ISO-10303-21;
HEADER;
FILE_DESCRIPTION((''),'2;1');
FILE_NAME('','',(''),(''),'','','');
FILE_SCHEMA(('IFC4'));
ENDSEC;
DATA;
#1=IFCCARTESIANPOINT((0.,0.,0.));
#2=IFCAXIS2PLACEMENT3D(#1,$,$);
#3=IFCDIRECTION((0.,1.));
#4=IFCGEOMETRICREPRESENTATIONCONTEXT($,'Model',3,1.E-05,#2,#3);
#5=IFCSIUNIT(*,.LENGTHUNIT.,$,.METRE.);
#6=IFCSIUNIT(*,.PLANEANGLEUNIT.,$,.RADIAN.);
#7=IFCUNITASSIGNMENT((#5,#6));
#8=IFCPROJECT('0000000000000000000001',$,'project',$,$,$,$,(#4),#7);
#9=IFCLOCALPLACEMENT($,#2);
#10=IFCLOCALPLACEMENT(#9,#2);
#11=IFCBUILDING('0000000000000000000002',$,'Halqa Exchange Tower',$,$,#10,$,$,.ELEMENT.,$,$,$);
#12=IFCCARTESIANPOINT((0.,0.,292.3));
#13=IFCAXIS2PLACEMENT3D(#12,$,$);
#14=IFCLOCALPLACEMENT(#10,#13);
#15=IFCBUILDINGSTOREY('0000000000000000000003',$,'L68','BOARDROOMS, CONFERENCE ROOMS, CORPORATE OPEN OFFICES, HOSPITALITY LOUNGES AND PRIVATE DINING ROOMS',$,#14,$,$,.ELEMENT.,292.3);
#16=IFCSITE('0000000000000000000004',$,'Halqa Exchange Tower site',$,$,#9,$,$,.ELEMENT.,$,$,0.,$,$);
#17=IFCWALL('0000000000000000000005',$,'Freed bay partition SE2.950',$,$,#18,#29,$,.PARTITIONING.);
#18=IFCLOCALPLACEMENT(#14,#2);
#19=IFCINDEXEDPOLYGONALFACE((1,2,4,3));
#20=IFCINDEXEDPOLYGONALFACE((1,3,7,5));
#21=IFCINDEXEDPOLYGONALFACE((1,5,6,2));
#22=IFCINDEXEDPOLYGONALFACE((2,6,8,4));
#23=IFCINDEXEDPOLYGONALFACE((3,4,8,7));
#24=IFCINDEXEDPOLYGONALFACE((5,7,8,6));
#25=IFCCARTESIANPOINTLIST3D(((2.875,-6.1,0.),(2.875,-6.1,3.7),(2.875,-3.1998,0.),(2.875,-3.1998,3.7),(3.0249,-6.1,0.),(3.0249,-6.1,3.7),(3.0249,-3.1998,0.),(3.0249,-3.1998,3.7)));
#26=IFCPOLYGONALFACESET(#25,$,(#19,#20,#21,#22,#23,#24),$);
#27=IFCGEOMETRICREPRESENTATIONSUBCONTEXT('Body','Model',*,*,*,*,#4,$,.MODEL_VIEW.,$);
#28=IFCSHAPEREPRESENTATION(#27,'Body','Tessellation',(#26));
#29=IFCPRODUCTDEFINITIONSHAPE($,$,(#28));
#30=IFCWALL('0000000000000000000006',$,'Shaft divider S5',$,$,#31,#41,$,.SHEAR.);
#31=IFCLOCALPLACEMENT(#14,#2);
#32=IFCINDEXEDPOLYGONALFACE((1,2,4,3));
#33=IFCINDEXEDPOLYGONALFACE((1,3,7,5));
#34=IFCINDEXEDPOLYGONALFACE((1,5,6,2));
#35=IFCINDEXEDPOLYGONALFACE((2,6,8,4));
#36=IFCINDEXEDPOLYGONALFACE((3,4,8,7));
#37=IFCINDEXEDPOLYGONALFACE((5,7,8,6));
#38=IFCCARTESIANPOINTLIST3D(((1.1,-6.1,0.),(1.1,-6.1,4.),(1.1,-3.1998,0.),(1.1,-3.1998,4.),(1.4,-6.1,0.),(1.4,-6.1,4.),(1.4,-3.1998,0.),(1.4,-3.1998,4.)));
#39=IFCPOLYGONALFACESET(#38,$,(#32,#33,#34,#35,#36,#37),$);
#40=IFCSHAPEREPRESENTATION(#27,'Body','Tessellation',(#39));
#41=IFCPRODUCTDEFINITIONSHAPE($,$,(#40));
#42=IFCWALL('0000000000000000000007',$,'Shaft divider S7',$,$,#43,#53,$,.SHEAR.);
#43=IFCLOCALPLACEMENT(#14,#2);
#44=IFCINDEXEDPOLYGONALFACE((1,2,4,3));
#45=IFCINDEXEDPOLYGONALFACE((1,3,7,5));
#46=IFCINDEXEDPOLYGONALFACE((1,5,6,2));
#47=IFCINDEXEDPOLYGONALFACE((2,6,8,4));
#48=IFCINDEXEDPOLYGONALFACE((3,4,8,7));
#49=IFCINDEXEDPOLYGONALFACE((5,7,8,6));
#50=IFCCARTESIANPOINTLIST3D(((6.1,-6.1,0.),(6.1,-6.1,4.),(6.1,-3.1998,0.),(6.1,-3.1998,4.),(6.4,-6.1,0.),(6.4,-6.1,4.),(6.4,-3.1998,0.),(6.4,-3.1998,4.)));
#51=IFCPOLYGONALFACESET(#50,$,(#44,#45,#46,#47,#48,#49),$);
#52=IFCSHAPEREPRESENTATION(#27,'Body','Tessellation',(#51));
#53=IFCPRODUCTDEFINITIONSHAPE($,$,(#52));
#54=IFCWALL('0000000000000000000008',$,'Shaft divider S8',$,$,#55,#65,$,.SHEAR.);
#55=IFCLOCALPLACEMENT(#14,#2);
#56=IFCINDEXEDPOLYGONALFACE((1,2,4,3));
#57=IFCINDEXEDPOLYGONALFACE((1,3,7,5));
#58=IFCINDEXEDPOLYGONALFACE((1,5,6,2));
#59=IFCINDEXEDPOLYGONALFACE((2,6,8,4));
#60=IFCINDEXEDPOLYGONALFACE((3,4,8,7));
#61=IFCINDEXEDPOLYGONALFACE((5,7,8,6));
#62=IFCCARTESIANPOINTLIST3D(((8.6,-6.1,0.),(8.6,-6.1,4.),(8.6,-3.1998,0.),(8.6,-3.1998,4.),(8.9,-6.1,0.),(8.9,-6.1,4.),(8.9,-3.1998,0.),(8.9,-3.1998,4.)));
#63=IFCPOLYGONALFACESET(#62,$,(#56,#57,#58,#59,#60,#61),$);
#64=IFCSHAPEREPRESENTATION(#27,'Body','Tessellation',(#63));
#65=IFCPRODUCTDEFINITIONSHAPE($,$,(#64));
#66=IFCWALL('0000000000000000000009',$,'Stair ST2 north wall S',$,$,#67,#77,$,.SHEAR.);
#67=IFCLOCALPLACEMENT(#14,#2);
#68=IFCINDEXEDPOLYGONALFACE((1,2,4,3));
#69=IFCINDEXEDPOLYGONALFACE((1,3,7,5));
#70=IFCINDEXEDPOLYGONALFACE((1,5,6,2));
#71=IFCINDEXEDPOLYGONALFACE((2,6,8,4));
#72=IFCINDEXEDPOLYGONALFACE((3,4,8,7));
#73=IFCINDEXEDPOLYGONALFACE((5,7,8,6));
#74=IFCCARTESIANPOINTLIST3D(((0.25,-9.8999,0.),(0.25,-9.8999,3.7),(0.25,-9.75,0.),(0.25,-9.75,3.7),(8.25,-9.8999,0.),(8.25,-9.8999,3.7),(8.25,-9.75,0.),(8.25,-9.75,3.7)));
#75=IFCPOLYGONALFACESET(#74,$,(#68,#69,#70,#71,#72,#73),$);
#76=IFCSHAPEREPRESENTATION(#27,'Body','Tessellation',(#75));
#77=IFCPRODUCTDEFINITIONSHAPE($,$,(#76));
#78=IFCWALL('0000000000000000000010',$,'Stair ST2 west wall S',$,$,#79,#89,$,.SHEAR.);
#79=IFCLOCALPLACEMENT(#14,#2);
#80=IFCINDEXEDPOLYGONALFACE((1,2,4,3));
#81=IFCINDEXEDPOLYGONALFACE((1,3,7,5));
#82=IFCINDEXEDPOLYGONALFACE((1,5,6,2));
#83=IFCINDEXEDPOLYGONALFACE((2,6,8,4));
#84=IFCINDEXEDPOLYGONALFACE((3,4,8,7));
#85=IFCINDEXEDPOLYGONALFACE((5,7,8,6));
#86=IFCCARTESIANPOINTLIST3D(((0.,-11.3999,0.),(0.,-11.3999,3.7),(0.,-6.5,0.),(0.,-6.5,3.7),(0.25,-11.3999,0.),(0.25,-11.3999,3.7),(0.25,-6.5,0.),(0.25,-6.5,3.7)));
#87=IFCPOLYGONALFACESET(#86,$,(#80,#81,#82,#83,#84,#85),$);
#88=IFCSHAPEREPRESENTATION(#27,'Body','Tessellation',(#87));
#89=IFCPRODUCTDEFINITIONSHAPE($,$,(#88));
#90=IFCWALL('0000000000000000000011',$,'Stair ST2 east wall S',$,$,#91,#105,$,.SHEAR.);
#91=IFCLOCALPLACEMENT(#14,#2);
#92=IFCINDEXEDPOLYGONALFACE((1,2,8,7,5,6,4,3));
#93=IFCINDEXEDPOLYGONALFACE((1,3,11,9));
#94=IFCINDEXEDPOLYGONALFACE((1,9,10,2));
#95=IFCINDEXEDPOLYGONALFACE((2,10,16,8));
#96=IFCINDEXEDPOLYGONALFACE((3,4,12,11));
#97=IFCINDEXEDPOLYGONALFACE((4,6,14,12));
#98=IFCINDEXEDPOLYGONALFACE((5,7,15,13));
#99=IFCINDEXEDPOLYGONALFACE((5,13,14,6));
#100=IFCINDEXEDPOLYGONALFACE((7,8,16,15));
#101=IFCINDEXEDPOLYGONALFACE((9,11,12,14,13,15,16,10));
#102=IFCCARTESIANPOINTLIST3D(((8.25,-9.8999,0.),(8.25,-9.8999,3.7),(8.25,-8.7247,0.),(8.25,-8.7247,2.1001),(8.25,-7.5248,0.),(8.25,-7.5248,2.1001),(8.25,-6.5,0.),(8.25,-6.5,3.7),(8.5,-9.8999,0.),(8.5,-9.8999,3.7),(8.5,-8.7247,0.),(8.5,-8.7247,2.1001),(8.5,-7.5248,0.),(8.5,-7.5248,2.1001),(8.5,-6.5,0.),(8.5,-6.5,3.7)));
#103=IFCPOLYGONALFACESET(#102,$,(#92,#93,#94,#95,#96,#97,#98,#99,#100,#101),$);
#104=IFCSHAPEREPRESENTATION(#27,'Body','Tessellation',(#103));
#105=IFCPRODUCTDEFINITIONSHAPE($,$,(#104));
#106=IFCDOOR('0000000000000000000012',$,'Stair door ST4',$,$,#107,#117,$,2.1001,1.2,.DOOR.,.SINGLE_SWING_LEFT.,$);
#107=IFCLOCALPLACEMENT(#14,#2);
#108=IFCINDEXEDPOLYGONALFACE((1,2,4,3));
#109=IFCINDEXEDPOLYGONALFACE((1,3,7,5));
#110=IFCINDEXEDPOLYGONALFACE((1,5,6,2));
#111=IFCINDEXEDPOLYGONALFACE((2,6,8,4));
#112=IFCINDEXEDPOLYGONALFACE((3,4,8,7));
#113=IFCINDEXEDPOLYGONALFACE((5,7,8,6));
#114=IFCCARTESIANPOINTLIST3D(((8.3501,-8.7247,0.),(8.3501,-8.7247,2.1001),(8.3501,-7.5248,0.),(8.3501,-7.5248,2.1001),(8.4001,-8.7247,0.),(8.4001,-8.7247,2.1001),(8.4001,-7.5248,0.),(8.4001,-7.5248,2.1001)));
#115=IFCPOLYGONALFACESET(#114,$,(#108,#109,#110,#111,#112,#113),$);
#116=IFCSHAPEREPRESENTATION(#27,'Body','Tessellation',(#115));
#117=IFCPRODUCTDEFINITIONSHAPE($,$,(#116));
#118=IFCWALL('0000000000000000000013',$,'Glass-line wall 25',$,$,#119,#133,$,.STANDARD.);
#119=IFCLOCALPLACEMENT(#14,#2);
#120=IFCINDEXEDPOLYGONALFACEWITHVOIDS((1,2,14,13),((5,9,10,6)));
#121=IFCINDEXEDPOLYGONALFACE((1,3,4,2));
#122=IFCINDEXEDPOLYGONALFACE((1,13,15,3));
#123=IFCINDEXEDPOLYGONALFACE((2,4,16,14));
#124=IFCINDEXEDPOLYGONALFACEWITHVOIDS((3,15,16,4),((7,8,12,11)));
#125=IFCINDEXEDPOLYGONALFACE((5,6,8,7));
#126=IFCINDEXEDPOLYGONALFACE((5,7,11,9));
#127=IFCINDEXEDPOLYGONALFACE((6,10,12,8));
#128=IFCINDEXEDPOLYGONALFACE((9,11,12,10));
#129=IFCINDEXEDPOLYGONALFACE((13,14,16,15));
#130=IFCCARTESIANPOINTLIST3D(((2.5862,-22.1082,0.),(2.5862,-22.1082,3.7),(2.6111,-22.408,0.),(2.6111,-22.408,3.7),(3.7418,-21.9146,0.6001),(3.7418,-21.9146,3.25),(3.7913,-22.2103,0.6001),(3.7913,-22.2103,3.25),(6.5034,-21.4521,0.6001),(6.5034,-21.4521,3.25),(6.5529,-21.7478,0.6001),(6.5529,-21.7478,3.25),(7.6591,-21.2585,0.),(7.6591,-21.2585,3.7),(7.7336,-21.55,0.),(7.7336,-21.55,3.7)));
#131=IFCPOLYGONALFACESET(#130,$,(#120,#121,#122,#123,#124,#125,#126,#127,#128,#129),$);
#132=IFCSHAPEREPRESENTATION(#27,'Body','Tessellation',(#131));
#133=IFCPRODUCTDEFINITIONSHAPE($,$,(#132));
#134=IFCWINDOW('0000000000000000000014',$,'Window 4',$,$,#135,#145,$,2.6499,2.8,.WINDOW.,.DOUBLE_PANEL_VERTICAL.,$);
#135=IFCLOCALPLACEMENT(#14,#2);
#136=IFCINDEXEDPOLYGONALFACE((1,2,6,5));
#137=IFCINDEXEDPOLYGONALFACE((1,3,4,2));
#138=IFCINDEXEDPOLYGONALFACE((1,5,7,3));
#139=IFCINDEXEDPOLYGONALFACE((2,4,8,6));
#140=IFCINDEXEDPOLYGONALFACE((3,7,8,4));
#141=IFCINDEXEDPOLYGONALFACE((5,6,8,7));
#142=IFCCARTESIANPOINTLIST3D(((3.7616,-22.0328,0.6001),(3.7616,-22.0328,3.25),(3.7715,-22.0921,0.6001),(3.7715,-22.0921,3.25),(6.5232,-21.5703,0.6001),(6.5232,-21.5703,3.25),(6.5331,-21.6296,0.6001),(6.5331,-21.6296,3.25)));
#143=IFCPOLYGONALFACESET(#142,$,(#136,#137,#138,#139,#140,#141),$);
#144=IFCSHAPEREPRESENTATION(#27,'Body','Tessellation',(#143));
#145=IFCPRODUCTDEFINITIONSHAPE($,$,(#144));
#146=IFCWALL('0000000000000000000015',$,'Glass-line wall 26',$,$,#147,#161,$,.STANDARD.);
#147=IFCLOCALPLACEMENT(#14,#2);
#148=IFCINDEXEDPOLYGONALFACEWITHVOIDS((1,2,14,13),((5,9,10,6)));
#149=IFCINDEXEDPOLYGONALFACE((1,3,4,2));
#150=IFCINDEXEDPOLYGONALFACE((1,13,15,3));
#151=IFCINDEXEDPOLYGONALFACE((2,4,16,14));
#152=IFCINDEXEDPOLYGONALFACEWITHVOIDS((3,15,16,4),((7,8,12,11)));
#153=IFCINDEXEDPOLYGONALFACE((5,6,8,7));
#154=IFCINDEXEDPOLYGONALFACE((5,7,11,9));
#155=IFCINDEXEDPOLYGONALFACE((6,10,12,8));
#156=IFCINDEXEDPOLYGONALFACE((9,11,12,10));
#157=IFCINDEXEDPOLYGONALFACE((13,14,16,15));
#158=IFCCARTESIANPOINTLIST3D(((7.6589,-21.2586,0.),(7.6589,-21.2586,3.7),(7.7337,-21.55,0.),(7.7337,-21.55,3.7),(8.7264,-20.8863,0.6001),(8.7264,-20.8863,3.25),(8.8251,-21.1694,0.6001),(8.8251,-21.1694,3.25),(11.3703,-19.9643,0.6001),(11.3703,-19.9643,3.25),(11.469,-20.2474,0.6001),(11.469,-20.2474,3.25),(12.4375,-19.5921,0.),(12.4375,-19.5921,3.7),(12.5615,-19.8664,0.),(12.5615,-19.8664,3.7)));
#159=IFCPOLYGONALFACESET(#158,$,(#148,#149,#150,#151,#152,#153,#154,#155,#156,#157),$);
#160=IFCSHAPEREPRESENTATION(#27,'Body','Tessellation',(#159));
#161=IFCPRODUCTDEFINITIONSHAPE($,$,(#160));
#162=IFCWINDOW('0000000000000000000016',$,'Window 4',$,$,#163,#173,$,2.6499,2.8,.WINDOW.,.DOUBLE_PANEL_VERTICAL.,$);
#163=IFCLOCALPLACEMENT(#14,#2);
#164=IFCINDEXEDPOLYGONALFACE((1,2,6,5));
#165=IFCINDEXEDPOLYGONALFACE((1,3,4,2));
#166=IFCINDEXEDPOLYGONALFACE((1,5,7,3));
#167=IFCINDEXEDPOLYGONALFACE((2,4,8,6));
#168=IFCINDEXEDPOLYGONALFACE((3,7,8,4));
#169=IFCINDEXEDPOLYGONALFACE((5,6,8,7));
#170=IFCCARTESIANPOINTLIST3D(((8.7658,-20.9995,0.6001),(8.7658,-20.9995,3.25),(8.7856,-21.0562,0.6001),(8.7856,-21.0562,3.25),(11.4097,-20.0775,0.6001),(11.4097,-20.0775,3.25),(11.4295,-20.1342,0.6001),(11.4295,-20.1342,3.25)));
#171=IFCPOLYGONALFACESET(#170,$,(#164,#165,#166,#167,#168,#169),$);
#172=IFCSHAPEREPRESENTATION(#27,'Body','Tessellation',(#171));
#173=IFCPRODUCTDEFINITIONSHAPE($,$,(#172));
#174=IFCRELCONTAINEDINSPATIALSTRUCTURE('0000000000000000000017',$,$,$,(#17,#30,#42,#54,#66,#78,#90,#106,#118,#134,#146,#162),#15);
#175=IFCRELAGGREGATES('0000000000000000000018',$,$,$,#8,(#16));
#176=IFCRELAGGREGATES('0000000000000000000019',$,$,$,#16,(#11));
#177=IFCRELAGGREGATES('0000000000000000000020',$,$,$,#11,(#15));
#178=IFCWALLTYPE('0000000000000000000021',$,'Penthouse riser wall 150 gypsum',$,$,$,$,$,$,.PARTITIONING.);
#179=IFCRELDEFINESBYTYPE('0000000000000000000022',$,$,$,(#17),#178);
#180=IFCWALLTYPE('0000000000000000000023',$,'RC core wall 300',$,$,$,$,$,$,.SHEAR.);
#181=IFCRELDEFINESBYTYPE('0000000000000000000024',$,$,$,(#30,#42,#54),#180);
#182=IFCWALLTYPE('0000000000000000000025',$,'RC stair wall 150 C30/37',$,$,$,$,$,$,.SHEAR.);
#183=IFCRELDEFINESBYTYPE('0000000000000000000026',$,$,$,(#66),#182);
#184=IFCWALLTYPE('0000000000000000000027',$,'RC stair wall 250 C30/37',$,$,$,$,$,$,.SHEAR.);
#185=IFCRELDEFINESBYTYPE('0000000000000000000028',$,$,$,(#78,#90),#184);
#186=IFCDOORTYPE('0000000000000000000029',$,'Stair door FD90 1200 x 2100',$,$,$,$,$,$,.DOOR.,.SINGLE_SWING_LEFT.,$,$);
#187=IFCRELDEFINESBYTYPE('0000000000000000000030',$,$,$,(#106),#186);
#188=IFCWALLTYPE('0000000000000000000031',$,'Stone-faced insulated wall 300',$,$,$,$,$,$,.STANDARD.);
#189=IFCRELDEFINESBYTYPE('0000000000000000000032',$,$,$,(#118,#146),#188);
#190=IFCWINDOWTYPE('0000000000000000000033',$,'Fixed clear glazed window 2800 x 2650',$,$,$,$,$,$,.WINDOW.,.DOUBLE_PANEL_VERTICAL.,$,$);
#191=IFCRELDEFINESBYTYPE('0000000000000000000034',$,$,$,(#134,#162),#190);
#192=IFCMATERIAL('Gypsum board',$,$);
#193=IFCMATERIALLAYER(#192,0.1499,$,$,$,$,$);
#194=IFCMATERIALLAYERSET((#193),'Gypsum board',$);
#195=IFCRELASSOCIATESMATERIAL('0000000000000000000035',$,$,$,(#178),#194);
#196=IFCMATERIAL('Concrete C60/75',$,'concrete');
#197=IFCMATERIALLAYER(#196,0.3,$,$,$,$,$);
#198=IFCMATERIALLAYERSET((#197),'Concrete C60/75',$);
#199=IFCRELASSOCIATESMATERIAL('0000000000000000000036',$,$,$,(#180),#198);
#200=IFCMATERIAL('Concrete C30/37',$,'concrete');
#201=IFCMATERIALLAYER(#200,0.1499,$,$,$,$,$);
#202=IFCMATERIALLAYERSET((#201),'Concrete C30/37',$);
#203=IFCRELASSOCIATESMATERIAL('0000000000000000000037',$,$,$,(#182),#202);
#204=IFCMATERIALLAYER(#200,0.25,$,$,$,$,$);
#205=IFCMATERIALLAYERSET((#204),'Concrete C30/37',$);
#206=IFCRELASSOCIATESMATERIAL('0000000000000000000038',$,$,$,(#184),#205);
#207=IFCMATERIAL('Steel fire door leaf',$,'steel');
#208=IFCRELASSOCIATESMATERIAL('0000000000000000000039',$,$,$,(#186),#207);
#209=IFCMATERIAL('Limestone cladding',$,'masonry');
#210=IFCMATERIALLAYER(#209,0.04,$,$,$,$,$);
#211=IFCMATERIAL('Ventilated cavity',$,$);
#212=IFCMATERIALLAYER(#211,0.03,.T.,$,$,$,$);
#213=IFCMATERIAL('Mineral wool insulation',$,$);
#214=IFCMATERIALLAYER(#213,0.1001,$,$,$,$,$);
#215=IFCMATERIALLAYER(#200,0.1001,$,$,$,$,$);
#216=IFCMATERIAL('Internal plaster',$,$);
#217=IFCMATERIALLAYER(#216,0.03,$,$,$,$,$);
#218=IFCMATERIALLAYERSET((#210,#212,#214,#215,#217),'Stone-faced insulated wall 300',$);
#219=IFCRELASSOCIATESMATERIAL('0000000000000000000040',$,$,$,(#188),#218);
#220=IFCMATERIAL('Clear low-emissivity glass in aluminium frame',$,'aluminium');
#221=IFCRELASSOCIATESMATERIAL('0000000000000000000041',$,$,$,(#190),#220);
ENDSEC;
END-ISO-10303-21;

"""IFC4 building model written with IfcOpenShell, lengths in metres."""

from ifc_helpers import new_model, si_unit, direction, frame, frame_2d, origin, place, context, subcontext, project, spatial, polyline, rectangle, outline, extrude, material, layer, layer_set, type_object, element, fill, save


model = new_model("IFC4")

# Units and contexts
model_context = context("Model", 3, precision=1e-05, world=origin(), true_north=direction((0.0, 1.0)))
body_context = subcontext(model_context, "Body", "Model", "MODEL_VIEW")
ifc_project = project(units=[si_unit("LENGTHUNIT", "METRE"), si_unit("PLANEANGLEUNIT", "RADIAN")], contexts=[model_context])

# Site, building, storey
site_placement = place(None, origin())
site = spatial("IfcSite", under=ifc_project, at=site_placement, Name="Halqa Exchange Tower site", CompositionType="ELEMENT", RefElevation=0.0)
building_placement = place(site_placement, origin())
building = spatial("IfcBuilding", under=site, at=building_placement, Name="Halqa Exchange Tower", CompositionType="ELEMENT")
storey_placement = place(building_placement, frame((0.0, 0.0, 292.3)))
storey = spatial("IfcBuildingStorey", under=building, at=storey_placement, Name="L68", Description="BOARDROOMS, CONFERENCE ROOMS, CORPORATE OPEN OFFICES, HOSPITALITY LOUNGES AND PRIVATE DINING ROOMS", CompositionType="ELEMENT", Elevation=292.3)

# Shared definitions
ifc_material_1 = material(Name="Concrete C60/75", Category="concrete")

# Walls
ifc_material_2 = material(Name="Gypsum board")
ifc_layer_1 = layer(ifc_material_2, 0.1499)
ifc_layer_set_1 = layer_set([ifc_layer_1], Name="Gypsum board")
wall_type_1 = type_object("IfcWallType", Name="Penthouse riser wall 150 gypsum", PredefinedType="PARTITIONING", material=ifc_layer_set_1)
wall_1_placement = place(storey_placement, frame((2.95, -6.1001, 0.0), z_axis=(0.0, 0.0, 1.0), x_axis=(0.0, 1.0, 0.0)))
element("IfcWall", 1, at=wall_1_placement, inside=storey, type_object=wall_type_1, Name="Freed bay partition SE2.950", PredefinedType="PARTITIONING", context=body_context, shape_type="SweptSolid", body=[
    extrude(rectangle(XDim=2.9001, YDim=0.1499, at=frame_2d((1.4502, 0.0))), origin(), (0.0, 0.0, 1.0), 3.7),
])
ifc_layer_2 = layer(ifc_material_1, 0.3)
ifc_layer_set_2 = layer_set([ifc_layer_2], Name="Concrete C60/75")
wall_type_2 = type_object("IfcWallType", Name="RC core wall 300", PredefinedType="SHEAR", material=ifc_layer_set_2)
for number, where, z_axis, x_axis, name in (
    (2, (1.25, -6.1001, 0.0), (0.0, 0.0, 1.0), (0.0, 1.0, 0.0), "Shaft divider S5"),
    (3, (6.25, -6.1001, 0.0), (0.0, 0.0, 1.0), (0.0, 1.0, 0.0), "Shaft divider S7"),
    (4, (8.75, -6.1001, 0.0), (0.0, 0.0, 1.0), (0.0, 1.0, 0.0), "Shaft divider S8"),
):
    element("IfcWall", number, at=place(storey_placement, frame(where, z_axis=z_axis, x_axis=x_axis)), inside=storey, type_object=wall_type_2, Name=name, PredefinedType="SHEAR", context=body_context, shape_type="SweptSolid", body=[
        extrude(rectangle(XDim=2.9001, YDim=0.3, at=frame_2d((1.4502, 0.0))), origin(), (0.0, 0.0, 1.0), 4.0),
    ])
ifc_material_3 = material(Name="Concrete C30/37", Category="concrete")
ifc_layer_3 = layer(ifc_material_3, 0.1499)
ifc_layer_set_3 = layer_set([ifc_layer_3], Name="Concrete C30/37")
wall_type_3 = type_object("IfcWallType", Name="RC stair wall 150 C30/37", PredefinedType="SHEAR", material=ifc_layer_set_3)
wall_2_placement = place(storey_placement, frame((0.25, -9.825, 0.0), z_axis=(0.0, 0.0, 1.0), x_axis=(1.0, 0.0, 0.0)))
element("IfcWall", 5, at=wall_2_placement, inside=storey, type_object=wall_type_3, Name="Stair ST2 north wall S", PredefinedType="SHEAR", context=body_context, shape_type="SweptSolid", body=[
    extrude(rectangle(XDim=8.0, YDim=0.1499, at=frame_2d((4.0, 0.0))), origin(), (0.0, 0.0, 1.0), 3.7),
])
ifc_layer_4 = layer(ifc_material_3, 0.25)
ifc_layer_set_4 = layer_set([ifc_layer_4], Name="Concrete C30/37")
wall_type_4 = type_object("IfcWallType", Name="RC stair wall 250 C30/37", PredefinedType="SHEAR", material=ifc_layer_set_4)
wall_3_placement = place(storey_placement, frame((0.125, -11.3999, 0.0), z_axis=(0.0, 0.0, 1.0), x_axis=(0.0, 1.0, 0.0)))
element("IfcWall", 6, at=wall_3_placement, inside=storey, type_object=wall_type_4, Name="Stair ST2 west wall S", PredefinedType="SHEAR", context=body_context, shape_type="SweptSolid", body=[
    extrude(rectangle(XDim=4.8999, YDim=0.25, at=frame_2d((2.45, 0.0))), origin(), (0.0, 0.0, 1.0), 3.7),
])

# Wall, opening, door
wall_4_placement = place(storey_placement, frame((8.375, -9.8999, 0.0), z_axis=(0.0, 0.0, 1.0), x_axis=(0.0, 1.0, 0.0)))
wall_4 = element("IfcWall", 7, at=wall_4_placement, inside=storey, type_object=wall_type_4, Name="Stair ST2 east wall S", PredefinedType="SHEAR", context=body_context, shape_type="SweptSolid", body=[
    extrude(rectangle(XDim=3.3999, YDim=0.25, at=frame_2d((1.7, 0.0))), origin(), (0.0, 0.0, 1.0), 3.7),
])
opening_1_placement = place(wall_4_placement, frame((1.175, 0.0, 0.0)))
opening_1 = element("IfcOpeningElement", 8, at=opening_1_placement, cuts=wall_4, PredefinedType="OPENING", context=body_context, shape_type="SweptSolid", body=[
    extrude(rectangle(XDim=1.2, YDim=2.1001, at=frame_2d((0.6001, 1.05))), frame((0.0, 0.137, 0.0), z_axis=(0.0, -1.0, 0.0), x_axis=(1.0, 0.0, 0.0)), (0.0, 0.0, 1.0), 0.2739),
])
ifc_material_4 = material(Name="Steel fire door leaf", Category="steel")
door_type = type_object("IfcDoorType", Name="Stair door FD90 1200 x 2100", OperationType="SINGLE_SWING_LEFT", PredefinedType="DOOR", material=ifc_material_4)
door_placement = place(opening_1_placement, origin())
door = element("IfcDoor", 9, at=door_placement, inside=storey, type_object=door_type, Name="Stair door ST4", OperationType="SINGLE_SWING_LEFT", OverallHeight=2.1001, OverallWidth=1.2, PredefinedType="DOOR", context=body_context, shape_type="SweptSolid", body=[
    extrude(rectangle(XDim=1.2, YDim=2.1001, at=frame_2d((0.6001, 1.05))), frame((0.0, 0.0249, 0.0), z_axis=(0.0, -1.0, 0.0), x_axis=(1.0, 0.0, 0.0)), (0.0, 0.0, 1.0), 0.05),
])
fill(opening_1, door)

# Walls, openings, windows
ifc_material_5 = material(Name="Limestone cladding", Category="masonry")
ifc_layer_5 = layer(ifc_material_5, 0.04)
ifc_material_6 = material(Name="Ventilated cavity")
ifc_layer_6 = layer(ifc_material_6, 0.03, ventilated=True)
ifc_material_7 = material(Name="Mineral wool insulation")
ifc_layer_7 = layer(ifc_material_7, 0.1001)
ifc_layer_8 = layer(ifc_material_3, 0.1001)
ifc_material_8 = material(Name="Internal plaster")
ifc_layer_9 = layer(ifc_material_8, 0.03)
ifc_layer_set_5 = layer_set([ifc_layer_5, ifc_layer_6, ifc_layer_7, ifc_layer_8, ifc_layer_9], Name="Stone-faced insulated wall 300")
wall_type_5 = type_object("IfcWallType", Name="Stone-faced insulated wall 300", PredefinedType="STANDARD", material=ifc_layer_set_5)
wall_5_placement = place(storey_placement, frame((2.5986, -22.2581, 0.0), z_axis=(0.0, 0.0, 1.0), x_axis=(0.986263, 0.16518, 0.0)))
wall_5 = element("IfcWall", 10, at=wall_5_placement, inside=storey, type_object=wall_type_5, Name="Glass-line wall 25", PredefinedType="STANDARD", context=body_context, shape_type="SweptSolid", body=[
    extrude(outline(polyline([(-0.0125, -0.1499), (5.1814, -0.1499), (5.156, 0.1499), (0.0125, 0.1499), (-0.0125, -0.1499)])), origin(), (0.0, 0.0, 1.0), 3.7),
])
opening_2_placement = place(wall_5_placement, frame((1.1843, 0.0, 0.6001)))
opening_2 = element("IfcOpeningElement", 11, at=opening_2_placement, cuts=wall_5, PredefinedType="OPENING", context=body_context, shape_type="SweptSolid", body=[
    extrude(rectangle(XDim=2.8, YDim=2.6499, at=frame_2d((1.3999, 1.325))), frame((0.0, 0.1621, 0.0), z_axis=(0.0, -1.0, 0.0), x_axis=(1.0, 0.0, 0.0)), (0.0, 0.0, 1.0), 0.324),
])
ifc_material_9 = material(Name="Clear low-emissivity glass in aluminium frame", Category="aluminium")
window_type = type_object("IfcWindowType", Name="Fixed clear glazed window 2800 x 2650", PartitioningType="DOUBLE_PANEL_VERTICAL", PredefinedType="WINDOW", material=ifc_material_9)
window_1_placement = place(opening_2_placement, origin())
window_1 = element("IfcWindow", 12, at=window_1_placement, inside=storey, type_object=window_type, Name="Window 4", OverallHeight=2.6499, OverallWidth=2.8, PartitioningType="DOUBLE_PANEL_VERTICAL", PredefinedType="WINDOW", context=body_context, shape_type="SweptSolid", body=[
    extrude(rectangle(XDim=2.8, YDim=2.6499, at=frame_2d((1.3999, 1.325))), frame((0.0, 0.03, 0.0), z_axis=(0.0, -1.0, 0.0), x_axis=(1.0, 0.0, 0.0)), (0.0, 0.0, 1.0), 0.0601),
])
fill(opening_2, window_1)
wall_6_placement = place(storey_placement, frame((7.6963, -21.4043, 0.0), z_axis=(0.0, 0.0, 1.0), x_axis=(0.94423, 0.329286, 0.0)))
wall_6 = element("IfcWall", 13, at=wall_6_placement, inside=storey, type_object=wall_type_5, Name="Glass-line wall 26", PredefinedType="STANDARD", context=body_context, shape_type="SweptSolid", body=[
    extrude(outline(polyline([(-0.0127, -0.1499), (5.1003, -0.1499), (5.0735, 0.1499), (0.0127, 0.1499), (-0.0127, -0.1499)])), origin(), (0.0, 0.0, 1.0), 3.7),
])
opening_3_placement = place(wall_6_placement, frame((1.1433, 0.0, 0.6001)))
opening_3 = element("IfcOpeningElement", 14, at=opening_3_placement, cuts=wall_6, PredefinedType="OPENING", context=body_context, shape_type="SweptSolid", body=[
    extrude(rectangle(XDim=2.8, YDim=2.6499, at=frame_2d((1.3999, 1.325))), frame((0.0, 0.1621, 0.0), z_axis=(0.0, -1.0, 0.0), x_axis=(1.0, 0.0, 0.0)), (0.0, 0.0, 1.0), 0.324),
])
window_2_placement = place(opening_3_placement, origin())
window_2 = element("IfcWindow", 15, at=window_2_placement, inside=storey, type_object=window_type, Name="Window 4", OverallHeight=2.6499, OverallWidth=2.8, PartitioningType="DOUBLE_PANEL_VERTICAL", PredefinedType="WINDOW", context=body_context, shape_type="SweptSolid", body=[
    extrude(rectangle(XDim=2.8, YDim=2.6499, at=frame_2d((1.3999, 1.325))), frame((0.0, 0.03, 0.0), z_axis=(0.0, -1.0, 0.0), x_axis=(1.0, 0.0, 0.0)), (0.0, 0.0, 1.0), 0.0601),
])
fill(opening_3, window_2)

save(model, "model.ifc")
